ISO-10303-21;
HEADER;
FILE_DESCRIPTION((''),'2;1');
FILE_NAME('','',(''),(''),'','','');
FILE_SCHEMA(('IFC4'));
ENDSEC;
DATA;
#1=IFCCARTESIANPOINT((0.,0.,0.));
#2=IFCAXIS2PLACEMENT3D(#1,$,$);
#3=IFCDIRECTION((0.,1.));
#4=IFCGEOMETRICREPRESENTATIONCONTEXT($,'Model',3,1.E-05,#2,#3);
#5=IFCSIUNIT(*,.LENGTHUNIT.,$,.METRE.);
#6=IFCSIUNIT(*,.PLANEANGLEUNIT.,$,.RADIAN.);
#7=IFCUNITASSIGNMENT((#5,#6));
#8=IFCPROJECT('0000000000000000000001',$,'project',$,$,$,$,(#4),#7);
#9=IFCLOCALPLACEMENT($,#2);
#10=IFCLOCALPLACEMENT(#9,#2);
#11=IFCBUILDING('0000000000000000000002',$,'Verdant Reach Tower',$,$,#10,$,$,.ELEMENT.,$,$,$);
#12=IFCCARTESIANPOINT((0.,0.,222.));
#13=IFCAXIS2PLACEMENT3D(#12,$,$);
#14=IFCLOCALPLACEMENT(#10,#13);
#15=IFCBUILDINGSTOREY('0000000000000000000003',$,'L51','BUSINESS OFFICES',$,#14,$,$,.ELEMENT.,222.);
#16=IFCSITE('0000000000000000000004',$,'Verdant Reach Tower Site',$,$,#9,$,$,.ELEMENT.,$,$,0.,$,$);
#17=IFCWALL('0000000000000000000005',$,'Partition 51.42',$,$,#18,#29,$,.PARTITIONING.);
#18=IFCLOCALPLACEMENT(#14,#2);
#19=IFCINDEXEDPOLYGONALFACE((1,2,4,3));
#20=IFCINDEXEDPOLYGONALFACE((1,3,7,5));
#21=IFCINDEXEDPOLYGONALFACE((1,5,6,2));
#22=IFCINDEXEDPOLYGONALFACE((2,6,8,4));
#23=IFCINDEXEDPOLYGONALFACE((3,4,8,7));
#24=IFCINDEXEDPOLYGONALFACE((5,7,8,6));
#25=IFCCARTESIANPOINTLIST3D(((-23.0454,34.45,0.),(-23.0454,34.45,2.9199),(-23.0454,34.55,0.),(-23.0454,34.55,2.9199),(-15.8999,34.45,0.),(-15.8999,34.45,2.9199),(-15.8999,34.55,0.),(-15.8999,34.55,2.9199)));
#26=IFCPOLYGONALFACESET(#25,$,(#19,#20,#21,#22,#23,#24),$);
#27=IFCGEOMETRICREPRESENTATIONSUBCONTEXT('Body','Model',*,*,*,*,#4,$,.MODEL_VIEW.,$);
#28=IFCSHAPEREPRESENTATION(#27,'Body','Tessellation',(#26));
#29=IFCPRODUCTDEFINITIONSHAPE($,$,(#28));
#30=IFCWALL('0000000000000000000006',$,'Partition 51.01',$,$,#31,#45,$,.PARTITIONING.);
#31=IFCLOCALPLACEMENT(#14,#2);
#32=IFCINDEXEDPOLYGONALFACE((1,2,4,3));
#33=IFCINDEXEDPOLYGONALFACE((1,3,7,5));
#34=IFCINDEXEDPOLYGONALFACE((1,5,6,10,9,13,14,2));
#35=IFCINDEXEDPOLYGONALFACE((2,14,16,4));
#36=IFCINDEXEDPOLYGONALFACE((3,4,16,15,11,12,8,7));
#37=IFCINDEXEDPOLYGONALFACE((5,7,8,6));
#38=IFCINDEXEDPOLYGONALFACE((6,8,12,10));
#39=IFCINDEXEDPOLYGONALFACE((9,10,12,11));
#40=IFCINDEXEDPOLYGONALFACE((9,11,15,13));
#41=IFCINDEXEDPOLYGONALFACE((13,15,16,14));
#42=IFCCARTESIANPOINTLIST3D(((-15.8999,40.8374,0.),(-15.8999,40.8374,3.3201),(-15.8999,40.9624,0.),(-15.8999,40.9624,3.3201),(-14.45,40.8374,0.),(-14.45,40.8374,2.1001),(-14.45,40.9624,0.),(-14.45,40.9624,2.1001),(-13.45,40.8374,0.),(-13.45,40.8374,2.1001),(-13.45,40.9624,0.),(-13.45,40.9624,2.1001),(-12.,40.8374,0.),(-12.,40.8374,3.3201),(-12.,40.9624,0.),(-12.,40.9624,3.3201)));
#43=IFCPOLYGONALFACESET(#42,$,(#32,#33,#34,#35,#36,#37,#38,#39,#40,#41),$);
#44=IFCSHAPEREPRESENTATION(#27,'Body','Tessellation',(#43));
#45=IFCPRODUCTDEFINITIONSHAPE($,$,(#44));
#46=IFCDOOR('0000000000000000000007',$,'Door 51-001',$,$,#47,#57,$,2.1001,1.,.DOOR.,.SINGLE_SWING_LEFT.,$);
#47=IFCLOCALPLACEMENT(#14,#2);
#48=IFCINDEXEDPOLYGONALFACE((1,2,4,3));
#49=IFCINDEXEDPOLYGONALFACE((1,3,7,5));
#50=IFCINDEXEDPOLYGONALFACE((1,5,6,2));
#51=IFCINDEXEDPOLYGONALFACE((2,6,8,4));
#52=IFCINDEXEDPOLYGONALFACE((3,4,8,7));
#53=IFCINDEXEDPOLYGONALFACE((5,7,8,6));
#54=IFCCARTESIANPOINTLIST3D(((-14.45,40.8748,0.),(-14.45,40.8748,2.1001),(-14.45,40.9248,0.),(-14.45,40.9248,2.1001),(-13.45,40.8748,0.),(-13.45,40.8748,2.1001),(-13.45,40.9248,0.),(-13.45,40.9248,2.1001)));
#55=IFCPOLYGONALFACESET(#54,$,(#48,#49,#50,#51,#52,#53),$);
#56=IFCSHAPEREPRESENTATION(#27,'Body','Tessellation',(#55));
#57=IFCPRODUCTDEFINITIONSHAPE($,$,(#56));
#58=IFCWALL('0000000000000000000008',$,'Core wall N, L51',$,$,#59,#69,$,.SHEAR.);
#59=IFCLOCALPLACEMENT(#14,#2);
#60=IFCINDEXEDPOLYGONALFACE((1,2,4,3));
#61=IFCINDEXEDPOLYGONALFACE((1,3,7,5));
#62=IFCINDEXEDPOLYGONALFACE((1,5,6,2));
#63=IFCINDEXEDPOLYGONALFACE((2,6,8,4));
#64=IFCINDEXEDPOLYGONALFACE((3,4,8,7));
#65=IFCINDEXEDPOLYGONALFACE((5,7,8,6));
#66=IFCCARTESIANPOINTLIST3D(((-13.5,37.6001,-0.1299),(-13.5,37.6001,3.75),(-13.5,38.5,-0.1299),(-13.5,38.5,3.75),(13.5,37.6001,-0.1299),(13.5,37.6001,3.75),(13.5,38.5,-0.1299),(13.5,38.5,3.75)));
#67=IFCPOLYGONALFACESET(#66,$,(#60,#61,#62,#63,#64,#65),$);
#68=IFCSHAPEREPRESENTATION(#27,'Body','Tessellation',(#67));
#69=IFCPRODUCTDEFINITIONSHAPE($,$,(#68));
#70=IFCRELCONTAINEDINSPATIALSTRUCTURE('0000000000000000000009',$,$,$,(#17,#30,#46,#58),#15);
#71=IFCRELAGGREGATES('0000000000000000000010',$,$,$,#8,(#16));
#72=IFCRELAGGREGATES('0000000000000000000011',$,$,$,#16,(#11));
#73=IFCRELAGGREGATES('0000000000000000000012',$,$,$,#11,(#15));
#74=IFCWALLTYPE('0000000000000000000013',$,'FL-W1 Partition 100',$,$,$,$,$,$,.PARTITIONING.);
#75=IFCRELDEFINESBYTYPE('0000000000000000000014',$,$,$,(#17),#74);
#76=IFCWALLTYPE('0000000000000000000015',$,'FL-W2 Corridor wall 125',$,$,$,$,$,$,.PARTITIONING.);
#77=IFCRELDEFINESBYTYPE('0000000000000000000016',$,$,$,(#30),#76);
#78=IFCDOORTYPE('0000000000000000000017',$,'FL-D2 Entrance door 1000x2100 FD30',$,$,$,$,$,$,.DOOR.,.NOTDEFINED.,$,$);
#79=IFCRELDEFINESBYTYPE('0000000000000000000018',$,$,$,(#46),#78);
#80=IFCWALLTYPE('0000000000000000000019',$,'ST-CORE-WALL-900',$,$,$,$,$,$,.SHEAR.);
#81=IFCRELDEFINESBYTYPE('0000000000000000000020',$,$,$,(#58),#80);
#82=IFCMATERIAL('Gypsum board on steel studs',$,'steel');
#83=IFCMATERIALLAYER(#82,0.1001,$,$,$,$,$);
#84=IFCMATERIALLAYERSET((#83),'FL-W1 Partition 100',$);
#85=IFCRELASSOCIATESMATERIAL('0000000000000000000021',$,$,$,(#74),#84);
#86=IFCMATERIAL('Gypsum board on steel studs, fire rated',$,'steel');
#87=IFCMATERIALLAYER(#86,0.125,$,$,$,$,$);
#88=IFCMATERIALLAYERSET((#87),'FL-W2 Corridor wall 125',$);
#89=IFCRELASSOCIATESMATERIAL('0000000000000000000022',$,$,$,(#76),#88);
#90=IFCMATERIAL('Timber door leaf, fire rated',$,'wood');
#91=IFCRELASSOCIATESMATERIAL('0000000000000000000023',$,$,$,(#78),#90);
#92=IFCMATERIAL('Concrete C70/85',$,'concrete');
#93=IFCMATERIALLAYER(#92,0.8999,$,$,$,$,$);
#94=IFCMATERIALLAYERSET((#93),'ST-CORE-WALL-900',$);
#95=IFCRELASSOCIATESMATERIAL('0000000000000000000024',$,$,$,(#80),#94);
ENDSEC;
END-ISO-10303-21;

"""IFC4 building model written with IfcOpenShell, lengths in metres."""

from ifc_helpers import new_model, si_unit, direction, frame, frame_2d, origin, place, context, subcontext, project, spatial, rectangle, extrude, material, layer, layer_set, type_object, element, fill, save


model = new_model("IFC4")

# Units and contexts
model_context = context("Model", 3, precision=1e-05, world=origin(), true_north=direction((0.0, 1.0)))
body_context = subcontext(model_context, "Body", "Model", "MODEL_VIEW")
ifc_project = project(units=[si_unit("LENGTHUNIT", "METRE"), si_unit("PLANEANGLEUNIT", "RADIAN")], contexts=[model_context])

# Site, building, storey
site_placement = place(None, origin())
site = spatial("IfcSite", under=ifc_project, at=site_placement, Name="Verdant Reach Tower Site", CompositionType="ELEMENT", RefElevation=0.0)
building_placement = place(site_placement, origin())
building = spatial("IfcBuilding", under=site, at=building_placement, Name="Verdant Reach Tower", CompositionType="ELEMENT")
storey_placement = place(building_placement, frame((0.0, 0.0, 222.0)))
storey = spatial("IfcBuildingStorey", under=building, at=storey_placement, Name="L51", Description="BUSINESS OFFICES", CompositionType="ELEMENT", Elevation=222.0)

# Wall
ifc_material_1 = material(Name="Gypsum board on steel studs", Category="steel")
ifc_layer_1 = layer(ifc_material_1, 0.1001)
ifc_layer_set_1 = layer_set([ifc_layer_1], Name="FL-W1 Partition 100")
wall_type_1 = type_object("IfcWallType", Name="FL-W1 Partition 100", PredefinedType="PARTITIONING", material=ifc_layer_set_1)
wall_1_placement = place(storey_placement, frame((-15.8999, 34.5, 0.0), z_axis=(0.0, 0.0, 1.0), x_axis=(-1.0, 0.0, 0.0)))
element("IfcWall", 1, at=wall_1_placement, inside=storey, type_object=wall_type_1, Name="Partition 51.42", PredefinedType="PARTITIONING", context=body_context, shape_type="SweptSolid", body=[
    extrude(rectangle(XDim=7.1455, YDim=0.1001, at=frame_2d((3.5728, 0.0))), origin(), (0.0, 0.0, 1.0), 2.9199),
])

# Wall, opening, door
ifc_material_2 = material(Name="Gypsum board on steel studs, fire rated", Category="steel")
ifc_layer_2 = layer(ifc_material_2, 0.125)
ifc_layer_set_2 = layer_set([ifc_layer_2], Name="FL-W2 Corridor wall 125")
wall_type_2 = type_object("IfcWallType", Name="FL-W2 Corridor wall 125", PredefinedType="PARTITIONING", material=ifc_layer_set_2)
wall_2_placement = place(storey_placement, frame((-15.8999, 40.8999, 0.0), z_axis=(0.0, 0.0, 1.0), x_axis=(1.0, 0.0, 0.0)))
wall_2 = element("IfcWall", 2, at=wall_2_placement, inside=storey, type_object=wall_type_2, Name="Partition 51.01", PredefinedType="PARTITIONING", context=body_context, shape_type="SweptSolid", body=[
    extrude(rectangle(XDim=3.8999, YDim=0.125, at=frame_2d((1.95, 0.0))), origin(), (0.0, 0.0, 1.0), 3.3201),
])
opening_placement = place(wall_2_placement, frame((1.45, 0.0, 0.0)))
opening = element("IfcOpeningElement", 3, at=opening_placement, cuts=wall_2, PredefinedType="OPENING", context=body_context, shape_type="SweptSolid", body=[
    extrude(rectangle(XDim=1.0, YDim=2.1001, at=frame_2d((0.5, 1.05))), frame((0.0, 0.0725, 0.0), z_axis=(0.0, -1.0, 0.0), x_axis=(1.0, 0.0, 0.0)), (0.0, 0.0, 1.0), 0.145),
])
ifc_material_3 = material(Name="Timber door leaf, fire rated", Category="wood")
door_type = type_object("IfcDoorType", Name="FL-D2 Entrance door 1000x2100 FD30", OperationType="NOTDEFINED", PredefinedType="DOOR", material=ifc_material_3)
door_placement = place(opening_placement, origin())
door = element("IfcDoor", 4, at=door_placement, inside=storey, type_object=door_type, Name="Door 51-001", OperationType="SINGLE_SWING_LEFT", OverallHeight=2.1001, OverallWidth=1.0, PredefinedType="DOOR", context=body_context, shape_type="SweptSolid", body=[
    extrude(rectangle(XDim=1.0, YDim=2.1001, at=frame_2d((0.5, 1.05))), frame((0.0, 0.0249, 0.0), z_axis=(0.0, -1.0, 0.0), x_axis=(1.0, 0.0, 0.0)), (0.0, 0.0, 1.0), 0.05),
])
fill(opening, door)

# Wall
ifc_material_4 = material(Name="Concrete C70/85", Category="concrete")
ifc_layer_3 = layer(ifc_material_4, 0.8999)
ifc_layer_set_3 = layer_set([ifc_layer_3], Name="ST-CORE-WALL-900")
wall_type_3 = type_object("IfcWallType", Name="ST-CORE-WALL-900", PredefinedType="SHEAR", material=ifc_layer_set_3)
wall_3_placement = place(storey_placement, frame((-13.5, 38.05, -0.1299), z_axis=(0.0, 0.0, 1.0), x_axis=(1.0, 0.0, 0.0)))
element("IfcWall", 5, at=wall_3_placement, inside=storey, type_object=wall_type_3, Name="Core wall N, L51", PredefinedType="SHEAR", context=body_context, shape_type="SweptSolid", body=[
    extrude(rectangle(XDim=27.0, YDim=0.8999, at=frame_2d((13.5, 0.0))), origin(), (0.0, 0.0, 1.0), 3.8799),
])

save(model, "model.ifc")
